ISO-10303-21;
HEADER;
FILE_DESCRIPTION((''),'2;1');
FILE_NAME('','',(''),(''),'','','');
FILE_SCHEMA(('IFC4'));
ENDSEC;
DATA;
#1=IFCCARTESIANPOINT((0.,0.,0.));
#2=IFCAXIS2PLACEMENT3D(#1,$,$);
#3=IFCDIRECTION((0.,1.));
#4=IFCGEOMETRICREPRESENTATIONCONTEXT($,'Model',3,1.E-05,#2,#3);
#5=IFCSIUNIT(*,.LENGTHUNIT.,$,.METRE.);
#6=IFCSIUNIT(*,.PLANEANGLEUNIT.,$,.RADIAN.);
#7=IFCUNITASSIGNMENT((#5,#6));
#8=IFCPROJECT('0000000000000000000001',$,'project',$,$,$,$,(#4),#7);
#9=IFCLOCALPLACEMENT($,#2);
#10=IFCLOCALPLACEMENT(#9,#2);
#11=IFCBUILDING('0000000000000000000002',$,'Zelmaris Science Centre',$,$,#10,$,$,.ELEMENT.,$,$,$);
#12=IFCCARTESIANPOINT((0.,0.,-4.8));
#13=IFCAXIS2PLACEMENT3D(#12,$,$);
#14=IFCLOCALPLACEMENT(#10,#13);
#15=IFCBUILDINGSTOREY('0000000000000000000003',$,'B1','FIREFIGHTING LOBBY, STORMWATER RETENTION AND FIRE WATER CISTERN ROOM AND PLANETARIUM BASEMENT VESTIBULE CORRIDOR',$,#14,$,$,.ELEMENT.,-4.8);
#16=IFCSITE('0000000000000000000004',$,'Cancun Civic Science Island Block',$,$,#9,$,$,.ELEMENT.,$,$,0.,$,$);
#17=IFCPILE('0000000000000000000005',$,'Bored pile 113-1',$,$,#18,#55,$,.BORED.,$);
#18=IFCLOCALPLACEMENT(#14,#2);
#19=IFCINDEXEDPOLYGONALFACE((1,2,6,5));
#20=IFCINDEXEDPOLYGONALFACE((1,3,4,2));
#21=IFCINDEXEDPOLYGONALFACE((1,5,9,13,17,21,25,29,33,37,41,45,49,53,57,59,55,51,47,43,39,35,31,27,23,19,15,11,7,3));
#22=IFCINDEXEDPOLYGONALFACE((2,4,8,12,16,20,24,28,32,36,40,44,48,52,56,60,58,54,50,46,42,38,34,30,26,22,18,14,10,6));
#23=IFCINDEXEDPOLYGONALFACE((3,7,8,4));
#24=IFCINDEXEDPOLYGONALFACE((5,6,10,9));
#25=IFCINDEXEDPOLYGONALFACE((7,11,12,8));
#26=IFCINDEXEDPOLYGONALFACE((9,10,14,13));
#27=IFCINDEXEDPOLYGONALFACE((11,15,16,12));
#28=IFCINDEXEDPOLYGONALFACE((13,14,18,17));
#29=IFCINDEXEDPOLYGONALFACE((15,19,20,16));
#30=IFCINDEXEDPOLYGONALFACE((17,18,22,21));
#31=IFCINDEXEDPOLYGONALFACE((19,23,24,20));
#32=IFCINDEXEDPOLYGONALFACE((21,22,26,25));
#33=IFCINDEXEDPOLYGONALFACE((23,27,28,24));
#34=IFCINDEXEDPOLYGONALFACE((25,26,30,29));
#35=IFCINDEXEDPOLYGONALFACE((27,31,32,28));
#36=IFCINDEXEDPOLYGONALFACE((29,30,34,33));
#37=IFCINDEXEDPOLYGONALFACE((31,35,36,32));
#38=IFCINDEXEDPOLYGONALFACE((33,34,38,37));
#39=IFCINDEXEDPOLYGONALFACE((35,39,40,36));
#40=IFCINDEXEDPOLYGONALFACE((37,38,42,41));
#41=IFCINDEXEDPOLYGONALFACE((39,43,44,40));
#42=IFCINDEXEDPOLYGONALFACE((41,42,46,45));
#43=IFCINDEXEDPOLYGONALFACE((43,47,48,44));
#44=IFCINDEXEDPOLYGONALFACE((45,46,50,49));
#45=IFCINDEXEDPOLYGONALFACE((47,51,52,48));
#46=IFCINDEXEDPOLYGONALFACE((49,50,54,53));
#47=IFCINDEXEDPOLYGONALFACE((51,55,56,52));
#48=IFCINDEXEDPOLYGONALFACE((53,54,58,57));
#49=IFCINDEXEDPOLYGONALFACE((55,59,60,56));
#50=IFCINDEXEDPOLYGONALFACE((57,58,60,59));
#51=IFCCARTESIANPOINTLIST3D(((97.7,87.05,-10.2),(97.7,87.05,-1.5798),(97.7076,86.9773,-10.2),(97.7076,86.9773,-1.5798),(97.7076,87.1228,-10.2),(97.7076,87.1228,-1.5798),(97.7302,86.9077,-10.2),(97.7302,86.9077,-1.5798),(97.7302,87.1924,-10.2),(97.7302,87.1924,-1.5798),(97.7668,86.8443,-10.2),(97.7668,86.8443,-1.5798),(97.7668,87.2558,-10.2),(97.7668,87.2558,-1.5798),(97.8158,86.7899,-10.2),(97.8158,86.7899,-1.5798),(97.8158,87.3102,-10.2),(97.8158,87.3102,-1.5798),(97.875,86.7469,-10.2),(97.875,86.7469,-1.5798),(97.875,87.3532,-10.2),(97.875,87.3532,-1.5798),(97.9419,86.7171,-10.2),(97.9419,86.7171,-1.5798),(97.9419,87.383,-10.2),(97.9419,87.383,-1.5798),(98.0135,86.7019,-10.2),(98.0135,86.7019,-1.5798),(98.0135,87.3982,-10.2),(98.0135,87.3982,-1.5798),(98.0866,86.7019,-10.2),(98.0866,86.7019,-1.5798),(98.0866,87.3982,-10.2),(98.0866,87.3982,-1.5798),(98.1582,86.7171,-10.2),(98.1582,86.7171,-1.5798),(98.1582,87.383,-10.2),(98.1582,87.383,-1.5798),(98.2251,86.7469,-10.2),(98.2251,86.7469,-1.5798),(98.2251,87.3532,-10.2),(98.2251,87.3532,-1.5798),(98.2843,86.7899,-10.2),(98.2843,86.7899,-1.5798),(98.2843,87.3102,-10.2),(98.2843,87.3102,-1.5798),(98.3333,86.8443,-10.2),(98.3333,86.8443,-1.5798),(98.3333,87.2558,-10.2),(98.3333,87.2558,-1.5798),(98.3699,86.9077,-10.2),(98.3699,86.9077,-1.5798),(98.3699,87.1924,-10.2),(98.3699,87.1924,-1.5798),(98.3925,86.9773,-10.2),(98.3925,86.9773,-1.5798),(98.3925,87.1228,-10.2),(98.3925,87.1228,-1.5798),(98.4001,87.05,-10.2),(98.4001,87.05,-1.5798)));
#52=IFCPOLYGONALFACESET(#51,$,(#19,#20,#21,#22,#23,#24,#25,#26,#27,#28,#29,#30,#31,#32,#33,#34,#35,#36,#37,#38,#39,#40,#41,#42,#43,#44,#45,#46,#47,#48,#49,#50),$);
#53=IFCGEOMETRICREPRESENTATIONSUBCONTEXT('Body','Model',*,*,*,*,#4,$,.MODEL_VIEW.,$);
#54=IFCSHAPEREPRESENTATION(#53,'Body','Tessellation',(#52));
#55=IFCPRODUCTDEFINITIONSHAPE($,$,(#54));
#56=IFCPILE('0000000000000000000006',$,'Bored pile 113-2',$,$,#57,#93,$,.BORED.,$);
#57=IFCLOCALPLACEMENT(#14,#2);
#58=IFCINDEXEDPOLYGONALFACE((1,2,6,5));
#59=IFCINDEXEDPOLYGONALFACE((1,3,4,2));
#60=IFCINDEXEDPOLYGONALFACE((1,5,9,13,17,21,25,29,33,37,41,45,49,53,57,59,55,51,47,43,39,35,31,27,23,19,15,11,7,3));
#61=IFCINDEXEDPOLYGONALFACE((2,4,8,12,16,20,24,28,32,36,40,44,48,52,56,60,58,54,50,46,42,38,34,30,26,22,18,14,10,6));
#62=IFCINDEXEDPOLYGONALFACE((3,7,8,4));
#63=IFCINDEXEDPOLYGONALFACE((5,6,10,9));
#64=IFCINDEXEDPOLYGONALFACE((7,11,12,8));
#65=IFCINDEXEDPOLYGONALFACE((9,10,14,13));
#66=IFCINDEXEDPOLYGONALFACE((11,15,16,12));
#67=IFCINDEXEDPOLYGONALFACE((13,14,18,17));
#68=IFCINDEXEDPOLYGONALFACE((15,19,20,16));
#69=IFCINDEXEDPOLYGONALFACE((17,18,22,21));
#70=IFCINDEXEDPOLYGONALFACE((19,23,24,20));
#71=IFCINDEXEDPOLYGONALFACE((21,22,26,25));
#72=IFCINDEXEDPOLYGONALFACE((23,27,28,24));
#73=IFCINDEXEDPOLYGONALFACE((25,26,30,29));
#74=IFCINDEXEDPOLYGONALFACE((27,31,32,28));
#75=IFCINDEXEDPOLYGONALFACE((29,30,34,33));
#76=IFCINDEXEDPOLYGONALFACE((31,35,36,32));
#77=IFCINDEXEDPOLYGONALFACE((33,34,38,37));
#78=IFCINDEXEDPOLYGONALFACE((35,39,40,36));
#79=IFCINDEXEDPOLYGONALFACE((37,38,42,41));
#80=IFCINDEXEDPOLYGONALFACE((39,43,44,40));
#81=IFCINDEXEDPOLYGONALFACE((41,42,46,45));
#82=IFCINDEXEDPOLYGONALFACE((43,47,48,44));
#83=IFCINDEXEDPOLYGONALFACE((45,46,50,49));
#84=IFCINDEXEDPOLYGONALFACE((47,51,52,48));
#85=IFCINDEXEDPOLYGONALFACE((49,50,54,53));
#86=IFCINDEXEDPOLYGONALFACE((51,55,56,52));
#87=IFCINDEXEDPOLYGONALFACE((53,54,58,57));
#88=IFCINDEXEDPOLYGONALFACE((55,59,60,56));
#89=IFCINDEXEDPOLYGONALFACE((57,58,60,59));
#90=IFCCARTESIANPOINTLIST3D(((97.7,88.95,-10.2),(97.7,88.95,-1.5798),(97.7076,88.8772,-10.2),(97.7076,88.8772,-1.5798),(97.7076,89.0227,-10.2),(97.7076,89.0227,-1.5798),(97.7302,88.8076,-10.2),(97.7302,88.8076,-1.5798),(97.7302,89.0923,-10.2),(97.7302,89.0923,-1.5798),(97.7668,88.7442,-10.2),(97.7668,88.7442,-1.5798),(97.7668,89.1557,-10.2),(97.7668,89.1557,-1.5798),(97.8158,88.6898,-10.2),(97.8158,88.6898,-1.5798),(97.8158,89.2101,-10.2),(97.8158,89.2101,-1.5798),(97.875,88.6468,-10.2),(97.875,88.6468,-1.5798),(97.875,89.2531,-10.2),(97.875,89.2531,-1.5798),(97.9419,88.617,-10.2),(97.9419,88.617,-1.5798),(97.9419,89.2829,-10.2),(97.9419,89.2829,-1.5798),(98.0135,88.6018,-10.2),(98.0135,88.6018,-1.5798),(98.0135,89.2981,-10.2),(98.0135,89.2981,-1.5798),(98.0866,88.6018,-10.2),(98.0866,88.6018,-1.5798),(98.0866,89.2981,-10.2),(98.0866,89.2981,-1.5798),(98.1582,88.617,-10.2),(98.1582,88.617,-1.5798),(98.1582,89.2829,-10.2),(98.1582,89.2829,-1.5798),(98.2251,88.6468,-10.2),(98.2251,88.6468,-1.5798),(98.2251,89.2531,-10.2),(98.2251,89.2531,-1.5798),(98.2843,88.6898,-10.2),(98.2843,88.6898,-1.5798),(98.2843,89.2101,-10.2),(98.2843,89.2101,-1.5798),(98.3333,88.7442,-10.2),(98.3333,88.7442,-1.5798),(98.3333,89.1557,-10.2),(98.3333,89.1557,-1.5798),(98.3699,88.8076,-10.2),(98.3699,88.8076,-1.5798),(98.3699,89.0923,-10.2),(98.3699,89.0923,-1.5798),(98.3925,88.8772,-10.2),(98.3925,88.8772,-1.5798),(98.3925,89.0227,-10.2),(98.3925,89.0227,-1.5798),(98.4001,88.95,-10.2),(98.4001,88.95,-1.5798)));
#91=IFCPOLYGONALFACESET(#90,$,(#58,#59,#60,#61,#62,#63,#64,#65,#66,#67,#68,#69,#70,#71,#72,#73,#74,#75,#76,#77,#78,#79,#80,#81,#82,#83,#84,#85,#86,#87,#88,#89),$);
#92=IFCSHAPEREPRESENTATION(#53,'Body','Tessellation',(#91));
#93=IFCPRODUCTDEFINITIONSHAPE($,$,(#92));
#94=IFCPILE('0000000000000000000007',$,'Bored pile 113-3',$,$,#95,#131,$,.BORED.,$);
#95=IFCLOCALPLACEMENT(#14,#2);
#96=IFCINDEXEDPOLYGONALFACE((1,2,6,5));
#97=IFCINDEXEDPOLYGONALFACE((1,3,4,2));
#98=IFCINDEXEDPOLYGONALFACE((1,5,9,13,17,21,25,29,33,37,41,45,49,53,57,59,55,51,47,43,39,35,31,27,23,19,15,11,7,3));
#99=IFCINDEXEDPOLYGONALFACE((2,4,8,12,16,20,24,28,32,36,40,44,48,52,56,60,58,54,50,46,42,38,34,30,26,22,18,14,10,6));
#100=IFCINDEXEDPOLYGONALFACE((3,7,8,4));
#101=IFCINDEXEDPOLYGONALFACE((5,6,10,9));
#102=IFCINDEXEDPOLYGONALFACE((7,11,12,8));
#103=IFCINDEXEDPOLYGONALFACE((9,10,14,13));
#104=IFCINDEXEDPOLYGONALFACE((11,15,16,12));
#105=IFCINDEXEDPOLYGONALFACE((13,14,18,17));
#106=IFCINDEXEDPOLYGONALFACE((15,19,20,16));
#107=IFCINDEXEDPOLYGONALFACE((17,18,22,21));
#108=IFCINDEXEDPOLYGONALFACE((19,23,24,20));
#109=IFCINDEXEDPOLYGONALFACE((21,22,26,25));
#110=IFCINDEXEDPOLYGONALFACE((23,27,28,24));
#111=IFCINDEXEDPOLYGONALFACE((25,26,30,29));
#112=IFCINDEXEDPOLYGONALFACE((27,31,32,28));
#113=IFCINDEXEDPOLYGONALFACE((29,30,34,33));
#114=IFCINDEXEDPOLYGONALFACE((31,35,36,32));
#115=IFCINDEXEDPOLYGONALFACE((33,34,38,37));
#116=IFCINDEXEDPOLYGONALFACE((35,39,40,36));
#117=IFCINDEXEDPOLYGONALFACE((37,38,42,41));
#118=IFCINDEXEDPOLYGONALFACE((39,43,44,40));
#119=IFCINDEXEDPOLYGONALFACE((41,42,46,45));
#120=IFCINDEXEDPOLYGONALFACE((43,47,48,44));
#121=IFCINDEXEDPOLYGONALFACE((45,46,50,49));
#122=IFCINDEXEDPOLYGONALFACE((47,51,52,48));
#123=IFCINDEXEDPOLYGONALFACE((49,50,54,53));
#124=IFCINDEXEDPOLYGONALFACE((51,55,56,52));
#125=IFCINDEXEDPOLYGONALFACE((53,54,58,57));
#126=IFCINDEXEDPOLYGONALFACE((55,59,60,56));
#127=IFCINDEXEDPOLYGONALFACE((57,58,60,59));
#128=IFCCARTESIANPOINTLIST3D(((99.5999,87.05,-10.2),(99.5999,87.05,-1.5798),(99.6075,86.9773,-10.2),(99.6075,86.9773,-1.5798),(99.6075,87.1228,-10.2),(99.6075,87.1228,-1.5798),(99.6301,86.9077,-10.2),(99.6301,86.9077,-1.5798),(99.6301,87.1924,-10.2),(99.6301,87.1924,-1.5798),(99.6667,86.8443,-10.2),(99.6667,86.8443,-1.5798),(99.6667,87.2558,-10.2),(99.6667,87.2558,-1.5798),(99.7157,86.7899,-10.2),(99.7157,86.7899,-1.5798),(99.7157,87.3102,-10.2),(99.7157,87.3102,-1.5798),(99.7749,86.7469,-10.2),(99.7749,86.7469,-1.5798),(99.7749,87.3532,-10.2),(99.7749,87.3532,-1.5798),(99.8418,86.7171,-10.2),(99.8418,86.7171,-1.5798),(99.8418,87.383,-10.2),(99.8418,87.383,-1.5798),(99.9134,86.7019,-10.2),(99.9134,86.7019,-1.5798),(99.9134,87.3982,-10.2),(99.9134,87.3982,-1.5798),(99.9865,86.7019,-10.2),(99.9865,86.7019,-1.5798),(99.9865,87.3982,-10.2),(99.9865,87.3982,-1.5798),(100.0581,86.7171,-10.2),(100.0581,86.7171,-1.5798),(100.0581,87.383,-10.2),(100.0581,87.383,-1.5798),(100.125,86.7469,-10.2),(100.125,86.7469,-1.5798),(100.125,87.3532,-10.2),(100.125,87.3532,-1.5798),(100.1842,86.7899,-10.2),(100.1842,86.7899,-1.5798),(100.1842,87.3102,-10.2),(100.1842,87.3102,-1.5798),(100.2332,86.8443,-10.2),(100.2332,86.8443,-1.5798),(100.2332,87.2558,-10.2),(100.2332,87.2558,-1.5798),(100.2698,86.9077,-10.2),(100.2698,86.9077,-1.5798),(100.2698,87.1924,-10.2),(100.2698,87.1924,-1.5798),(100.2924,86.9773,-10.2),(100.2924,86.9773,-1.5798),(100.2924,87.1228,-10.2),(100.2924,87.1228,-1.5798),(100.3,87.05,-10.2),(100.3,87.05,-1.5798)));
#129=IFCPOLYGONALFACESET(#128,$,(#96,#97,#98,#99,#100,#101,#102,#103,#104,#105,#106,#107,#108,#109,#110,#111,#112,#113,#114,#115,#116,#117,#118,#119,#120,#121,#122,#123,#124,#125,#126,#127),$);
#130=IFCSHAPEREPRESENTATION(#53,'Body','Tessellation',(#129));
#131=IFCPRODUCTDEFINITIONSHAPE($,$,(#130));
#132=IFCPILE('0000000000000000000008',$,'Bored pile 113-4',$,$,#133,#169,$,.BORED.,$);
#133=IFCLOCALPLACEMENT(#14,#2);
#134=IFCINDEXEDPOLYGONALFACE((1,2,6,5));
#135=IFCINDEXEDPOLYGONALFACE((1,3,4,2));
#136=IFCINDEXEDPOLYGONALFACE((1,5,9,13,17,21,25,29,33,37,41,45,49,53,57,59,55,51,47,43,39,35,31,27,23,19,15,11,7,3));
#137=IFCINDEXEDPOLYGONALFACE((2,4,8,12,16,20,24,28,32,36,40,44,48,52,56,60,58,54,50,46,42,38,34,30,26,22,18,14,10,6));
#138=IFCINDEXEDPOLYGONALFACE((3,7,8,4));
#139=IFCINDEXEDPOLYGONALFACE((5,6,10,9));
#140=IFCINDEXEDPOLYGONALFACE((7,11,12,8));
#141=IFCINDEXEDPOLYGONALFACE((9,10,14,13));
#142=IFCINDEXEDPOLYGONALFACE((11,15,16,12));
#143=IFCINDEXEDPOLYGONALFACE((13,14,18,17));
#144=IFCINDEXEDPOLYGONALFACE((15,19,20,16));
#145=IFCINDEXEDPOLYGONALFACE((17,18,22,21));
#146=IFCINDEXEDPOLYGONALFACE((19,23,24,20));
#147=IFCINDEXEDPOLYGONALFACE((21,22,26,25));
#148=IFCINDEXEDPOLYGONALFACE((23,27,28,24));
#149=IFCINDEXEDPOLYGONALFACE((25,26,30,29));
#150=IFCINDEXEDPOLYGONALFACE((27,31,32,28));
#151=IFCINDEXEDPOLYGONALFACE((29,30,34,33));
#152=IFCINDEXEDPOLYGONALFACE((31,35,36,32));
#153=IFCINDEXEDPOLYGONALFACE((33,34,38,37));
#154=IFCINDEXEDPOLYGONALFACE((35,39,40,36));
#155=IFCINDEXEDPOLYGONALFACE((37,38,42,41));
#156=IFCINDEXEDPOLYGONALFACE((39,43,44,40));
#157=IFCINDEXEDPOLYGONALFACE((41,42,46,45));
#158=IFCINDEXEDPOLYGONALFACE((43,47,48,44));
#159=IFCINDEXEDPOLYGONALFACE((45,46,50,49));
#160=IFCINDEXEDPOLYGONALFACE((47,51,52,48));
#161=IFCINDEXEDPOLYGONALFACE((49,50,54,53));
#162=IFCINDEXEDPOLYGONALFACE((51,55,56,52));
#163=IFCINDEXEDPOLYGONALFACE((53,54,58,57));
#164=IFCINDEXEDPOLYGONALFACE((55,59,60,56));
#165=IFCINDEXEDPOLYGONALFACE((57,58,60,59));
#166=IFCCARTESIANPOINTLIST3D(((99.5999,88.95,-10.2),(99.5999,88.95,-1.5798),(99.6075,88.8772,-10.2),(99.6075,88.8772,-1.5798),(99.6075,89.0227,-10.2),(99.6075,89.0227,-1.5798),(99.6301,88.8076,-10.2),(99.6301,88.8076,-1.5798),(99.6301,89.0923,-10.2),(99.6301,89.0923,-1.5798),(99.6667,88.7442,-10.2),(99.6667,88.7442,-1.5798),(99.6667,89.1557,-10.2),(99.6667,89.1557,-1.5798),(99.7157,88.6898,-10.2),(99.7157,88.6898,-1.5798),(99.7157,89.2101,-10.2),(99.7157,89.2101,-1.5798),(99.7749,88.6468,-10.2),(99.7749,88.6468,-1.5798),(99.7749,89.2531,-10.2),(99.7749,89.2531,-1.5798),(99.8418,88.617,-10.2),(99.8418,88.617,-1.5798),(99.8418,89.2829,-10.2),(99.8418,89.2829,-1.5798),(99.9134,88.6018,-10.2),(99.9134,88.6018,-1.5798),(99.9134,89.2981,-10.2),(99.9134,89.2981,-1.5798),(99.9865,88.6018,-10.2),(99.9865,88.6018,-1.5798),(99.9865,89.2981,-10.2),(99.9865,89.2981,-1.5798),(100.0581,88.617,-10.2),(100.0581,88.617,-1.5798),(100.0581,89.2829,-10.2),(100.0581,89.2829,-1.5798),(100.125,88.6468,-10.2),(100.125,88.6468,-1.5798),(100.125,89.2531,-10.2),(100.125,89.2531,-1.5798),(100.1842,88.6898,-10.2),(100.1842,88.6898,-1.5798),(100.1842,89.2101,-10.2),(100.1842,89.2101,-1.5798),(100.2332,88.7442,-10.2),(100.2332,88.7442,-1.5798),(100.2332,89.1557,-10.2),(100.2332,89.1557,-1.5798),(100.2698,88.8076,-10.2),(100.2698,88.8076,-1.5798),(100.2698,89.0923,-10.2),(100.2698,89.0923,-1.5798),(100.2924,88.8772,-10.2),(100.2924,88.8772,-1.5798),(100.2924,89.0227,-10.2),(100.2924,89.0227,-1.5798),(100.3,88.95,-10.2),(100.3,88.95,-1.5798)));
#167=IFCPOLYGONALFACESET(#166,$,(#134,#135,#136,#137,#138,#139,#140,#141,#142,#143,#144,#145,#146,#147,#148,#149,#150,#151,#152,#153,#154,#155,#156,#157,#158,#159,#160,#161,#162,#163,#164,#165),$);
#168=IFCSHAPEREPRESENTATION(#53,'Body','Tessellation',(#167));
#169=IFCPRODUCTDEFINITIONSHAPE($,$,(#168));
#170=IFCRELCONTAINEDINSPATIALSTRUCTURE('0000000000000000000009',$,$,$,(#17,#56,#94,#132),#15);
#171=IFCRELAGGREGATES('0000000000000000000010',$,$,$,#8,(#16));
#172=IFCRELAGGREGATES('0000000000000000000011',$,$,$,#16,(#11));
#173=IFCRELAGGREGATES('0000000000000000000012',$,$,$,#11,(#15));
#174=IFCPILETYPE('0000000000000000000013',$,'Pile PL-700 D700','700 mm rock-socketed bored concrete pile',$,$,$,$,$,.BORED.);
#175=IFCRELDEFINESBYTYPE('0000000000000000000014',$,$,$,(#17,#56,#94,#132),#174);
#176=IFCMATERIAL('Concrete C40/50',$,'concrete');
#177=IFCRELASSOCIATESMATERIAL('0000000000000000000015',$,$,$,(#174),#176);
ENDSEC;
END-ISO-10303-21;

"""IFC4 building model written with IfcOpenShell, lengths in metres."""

from ifc_helpers import new_model, si_unit, direction, frame, origin, origin_2d, place, context, subcontext, project, spatial, circle, extrude, material, material_profile, profile_set, type_object, element, save


model = new_model("IFC4")

# Units and contexts
model_context = context("Model", 3, precision=1e-05, world=origin(), true_north=direction((0.0, 1.0)))
body_context = subcontext(model_context, "Body", "Model", "MODEL_VIEW")
ifc_project = project(units=[si_unit("LENGTHUNIT", "METRE"), si_unit("PLANEANGLEUNIT", "RADIAN")], contexts=[model_context])

# Site, building, storey
site_placement = place(None, origin())
site = spatial("IfcSite", under=ifc_project, at=site_placement, Name="Cancun Civic Science Island Block", CompositionType="ELEMENT", RefElevation=0.0)
building_placement = place(site_placement, origin())
building = spatial("IfcBuilding", under=site, at=building_placement, Name="Zelmaris Science Centre", CompositionType="ELEMENT")
storey_placement = place(building_placement, frame((0.0, 0.0, -4.8)))
storey = spatial("IfcBuildingStorey", under=building, at=storey_placement, Name="B1", Description="FIREFIGHTING LOBBY, STORMWATER RETENTION AND FIRE WATER CISTERN ROOM AND PLANETARIUM BASEMENT VESTIBULE CORRIDOR", CompositionType="ELEMENT", Elevation=-4.8)

# Shared definitions
ifc_material_1 = material(Name="Concrete C40/50", Category="concrete")

# Piles
ifc_material_profile_1 = material_profile(ifc_material_1, circle(Radius=0.3501, at=origin_2d()), Name="PILE-700")
ifc_profile_set_1 = profile_set([ifc_material_profile_1], Name="Concrete C40/50")
pile_type_1 = type_object("IfcPileType", Name="Pile PL-700 D700", Description="700 mm rock-socketed bored concrete pile", PredefinedType="BORED", material=ifc_profile_set_1)
for number, where, z_axis, x_axis, name in (
    (1, (98.05, 87.05, -1.5798), (0.0, 0.0, -1.0), (1.0, 0.0, 0.0), "Bored pile 113-1"),
    (2, (98.05, 88.95, -1.5798), (0.0, 0.0, -1.0), (1.0, 0.0, 0.0), "Bored pile 113-2"),
    (3, (99.95, 87.05, -1.5798), (0.0, 0.0, -1.0), (1.0, 0.0, 0.0), "Bored pile 113-3"),
    (4, (99.95, 88.95, -1.5798), (0.0, 0.0, -1.0), (1.0, 0.0, 0.0), "Bored pile 113-4"),
):
    element("IfcPile", number, at=place(storey_placement, frame(where, z_axis=z_axis, x_axis=x_axis)), inside=storey, type_object=pile_type_1, Name=name, PredefinedType="BORED", context=body_context, shape_type="SweptSolid", body=[
        extrude(circle(Radius=0.3501, at=origin_2d()), origin(), (0.0, 0.0, 1.0), 8.6201),
    ])

save(model, "model.ifc")
